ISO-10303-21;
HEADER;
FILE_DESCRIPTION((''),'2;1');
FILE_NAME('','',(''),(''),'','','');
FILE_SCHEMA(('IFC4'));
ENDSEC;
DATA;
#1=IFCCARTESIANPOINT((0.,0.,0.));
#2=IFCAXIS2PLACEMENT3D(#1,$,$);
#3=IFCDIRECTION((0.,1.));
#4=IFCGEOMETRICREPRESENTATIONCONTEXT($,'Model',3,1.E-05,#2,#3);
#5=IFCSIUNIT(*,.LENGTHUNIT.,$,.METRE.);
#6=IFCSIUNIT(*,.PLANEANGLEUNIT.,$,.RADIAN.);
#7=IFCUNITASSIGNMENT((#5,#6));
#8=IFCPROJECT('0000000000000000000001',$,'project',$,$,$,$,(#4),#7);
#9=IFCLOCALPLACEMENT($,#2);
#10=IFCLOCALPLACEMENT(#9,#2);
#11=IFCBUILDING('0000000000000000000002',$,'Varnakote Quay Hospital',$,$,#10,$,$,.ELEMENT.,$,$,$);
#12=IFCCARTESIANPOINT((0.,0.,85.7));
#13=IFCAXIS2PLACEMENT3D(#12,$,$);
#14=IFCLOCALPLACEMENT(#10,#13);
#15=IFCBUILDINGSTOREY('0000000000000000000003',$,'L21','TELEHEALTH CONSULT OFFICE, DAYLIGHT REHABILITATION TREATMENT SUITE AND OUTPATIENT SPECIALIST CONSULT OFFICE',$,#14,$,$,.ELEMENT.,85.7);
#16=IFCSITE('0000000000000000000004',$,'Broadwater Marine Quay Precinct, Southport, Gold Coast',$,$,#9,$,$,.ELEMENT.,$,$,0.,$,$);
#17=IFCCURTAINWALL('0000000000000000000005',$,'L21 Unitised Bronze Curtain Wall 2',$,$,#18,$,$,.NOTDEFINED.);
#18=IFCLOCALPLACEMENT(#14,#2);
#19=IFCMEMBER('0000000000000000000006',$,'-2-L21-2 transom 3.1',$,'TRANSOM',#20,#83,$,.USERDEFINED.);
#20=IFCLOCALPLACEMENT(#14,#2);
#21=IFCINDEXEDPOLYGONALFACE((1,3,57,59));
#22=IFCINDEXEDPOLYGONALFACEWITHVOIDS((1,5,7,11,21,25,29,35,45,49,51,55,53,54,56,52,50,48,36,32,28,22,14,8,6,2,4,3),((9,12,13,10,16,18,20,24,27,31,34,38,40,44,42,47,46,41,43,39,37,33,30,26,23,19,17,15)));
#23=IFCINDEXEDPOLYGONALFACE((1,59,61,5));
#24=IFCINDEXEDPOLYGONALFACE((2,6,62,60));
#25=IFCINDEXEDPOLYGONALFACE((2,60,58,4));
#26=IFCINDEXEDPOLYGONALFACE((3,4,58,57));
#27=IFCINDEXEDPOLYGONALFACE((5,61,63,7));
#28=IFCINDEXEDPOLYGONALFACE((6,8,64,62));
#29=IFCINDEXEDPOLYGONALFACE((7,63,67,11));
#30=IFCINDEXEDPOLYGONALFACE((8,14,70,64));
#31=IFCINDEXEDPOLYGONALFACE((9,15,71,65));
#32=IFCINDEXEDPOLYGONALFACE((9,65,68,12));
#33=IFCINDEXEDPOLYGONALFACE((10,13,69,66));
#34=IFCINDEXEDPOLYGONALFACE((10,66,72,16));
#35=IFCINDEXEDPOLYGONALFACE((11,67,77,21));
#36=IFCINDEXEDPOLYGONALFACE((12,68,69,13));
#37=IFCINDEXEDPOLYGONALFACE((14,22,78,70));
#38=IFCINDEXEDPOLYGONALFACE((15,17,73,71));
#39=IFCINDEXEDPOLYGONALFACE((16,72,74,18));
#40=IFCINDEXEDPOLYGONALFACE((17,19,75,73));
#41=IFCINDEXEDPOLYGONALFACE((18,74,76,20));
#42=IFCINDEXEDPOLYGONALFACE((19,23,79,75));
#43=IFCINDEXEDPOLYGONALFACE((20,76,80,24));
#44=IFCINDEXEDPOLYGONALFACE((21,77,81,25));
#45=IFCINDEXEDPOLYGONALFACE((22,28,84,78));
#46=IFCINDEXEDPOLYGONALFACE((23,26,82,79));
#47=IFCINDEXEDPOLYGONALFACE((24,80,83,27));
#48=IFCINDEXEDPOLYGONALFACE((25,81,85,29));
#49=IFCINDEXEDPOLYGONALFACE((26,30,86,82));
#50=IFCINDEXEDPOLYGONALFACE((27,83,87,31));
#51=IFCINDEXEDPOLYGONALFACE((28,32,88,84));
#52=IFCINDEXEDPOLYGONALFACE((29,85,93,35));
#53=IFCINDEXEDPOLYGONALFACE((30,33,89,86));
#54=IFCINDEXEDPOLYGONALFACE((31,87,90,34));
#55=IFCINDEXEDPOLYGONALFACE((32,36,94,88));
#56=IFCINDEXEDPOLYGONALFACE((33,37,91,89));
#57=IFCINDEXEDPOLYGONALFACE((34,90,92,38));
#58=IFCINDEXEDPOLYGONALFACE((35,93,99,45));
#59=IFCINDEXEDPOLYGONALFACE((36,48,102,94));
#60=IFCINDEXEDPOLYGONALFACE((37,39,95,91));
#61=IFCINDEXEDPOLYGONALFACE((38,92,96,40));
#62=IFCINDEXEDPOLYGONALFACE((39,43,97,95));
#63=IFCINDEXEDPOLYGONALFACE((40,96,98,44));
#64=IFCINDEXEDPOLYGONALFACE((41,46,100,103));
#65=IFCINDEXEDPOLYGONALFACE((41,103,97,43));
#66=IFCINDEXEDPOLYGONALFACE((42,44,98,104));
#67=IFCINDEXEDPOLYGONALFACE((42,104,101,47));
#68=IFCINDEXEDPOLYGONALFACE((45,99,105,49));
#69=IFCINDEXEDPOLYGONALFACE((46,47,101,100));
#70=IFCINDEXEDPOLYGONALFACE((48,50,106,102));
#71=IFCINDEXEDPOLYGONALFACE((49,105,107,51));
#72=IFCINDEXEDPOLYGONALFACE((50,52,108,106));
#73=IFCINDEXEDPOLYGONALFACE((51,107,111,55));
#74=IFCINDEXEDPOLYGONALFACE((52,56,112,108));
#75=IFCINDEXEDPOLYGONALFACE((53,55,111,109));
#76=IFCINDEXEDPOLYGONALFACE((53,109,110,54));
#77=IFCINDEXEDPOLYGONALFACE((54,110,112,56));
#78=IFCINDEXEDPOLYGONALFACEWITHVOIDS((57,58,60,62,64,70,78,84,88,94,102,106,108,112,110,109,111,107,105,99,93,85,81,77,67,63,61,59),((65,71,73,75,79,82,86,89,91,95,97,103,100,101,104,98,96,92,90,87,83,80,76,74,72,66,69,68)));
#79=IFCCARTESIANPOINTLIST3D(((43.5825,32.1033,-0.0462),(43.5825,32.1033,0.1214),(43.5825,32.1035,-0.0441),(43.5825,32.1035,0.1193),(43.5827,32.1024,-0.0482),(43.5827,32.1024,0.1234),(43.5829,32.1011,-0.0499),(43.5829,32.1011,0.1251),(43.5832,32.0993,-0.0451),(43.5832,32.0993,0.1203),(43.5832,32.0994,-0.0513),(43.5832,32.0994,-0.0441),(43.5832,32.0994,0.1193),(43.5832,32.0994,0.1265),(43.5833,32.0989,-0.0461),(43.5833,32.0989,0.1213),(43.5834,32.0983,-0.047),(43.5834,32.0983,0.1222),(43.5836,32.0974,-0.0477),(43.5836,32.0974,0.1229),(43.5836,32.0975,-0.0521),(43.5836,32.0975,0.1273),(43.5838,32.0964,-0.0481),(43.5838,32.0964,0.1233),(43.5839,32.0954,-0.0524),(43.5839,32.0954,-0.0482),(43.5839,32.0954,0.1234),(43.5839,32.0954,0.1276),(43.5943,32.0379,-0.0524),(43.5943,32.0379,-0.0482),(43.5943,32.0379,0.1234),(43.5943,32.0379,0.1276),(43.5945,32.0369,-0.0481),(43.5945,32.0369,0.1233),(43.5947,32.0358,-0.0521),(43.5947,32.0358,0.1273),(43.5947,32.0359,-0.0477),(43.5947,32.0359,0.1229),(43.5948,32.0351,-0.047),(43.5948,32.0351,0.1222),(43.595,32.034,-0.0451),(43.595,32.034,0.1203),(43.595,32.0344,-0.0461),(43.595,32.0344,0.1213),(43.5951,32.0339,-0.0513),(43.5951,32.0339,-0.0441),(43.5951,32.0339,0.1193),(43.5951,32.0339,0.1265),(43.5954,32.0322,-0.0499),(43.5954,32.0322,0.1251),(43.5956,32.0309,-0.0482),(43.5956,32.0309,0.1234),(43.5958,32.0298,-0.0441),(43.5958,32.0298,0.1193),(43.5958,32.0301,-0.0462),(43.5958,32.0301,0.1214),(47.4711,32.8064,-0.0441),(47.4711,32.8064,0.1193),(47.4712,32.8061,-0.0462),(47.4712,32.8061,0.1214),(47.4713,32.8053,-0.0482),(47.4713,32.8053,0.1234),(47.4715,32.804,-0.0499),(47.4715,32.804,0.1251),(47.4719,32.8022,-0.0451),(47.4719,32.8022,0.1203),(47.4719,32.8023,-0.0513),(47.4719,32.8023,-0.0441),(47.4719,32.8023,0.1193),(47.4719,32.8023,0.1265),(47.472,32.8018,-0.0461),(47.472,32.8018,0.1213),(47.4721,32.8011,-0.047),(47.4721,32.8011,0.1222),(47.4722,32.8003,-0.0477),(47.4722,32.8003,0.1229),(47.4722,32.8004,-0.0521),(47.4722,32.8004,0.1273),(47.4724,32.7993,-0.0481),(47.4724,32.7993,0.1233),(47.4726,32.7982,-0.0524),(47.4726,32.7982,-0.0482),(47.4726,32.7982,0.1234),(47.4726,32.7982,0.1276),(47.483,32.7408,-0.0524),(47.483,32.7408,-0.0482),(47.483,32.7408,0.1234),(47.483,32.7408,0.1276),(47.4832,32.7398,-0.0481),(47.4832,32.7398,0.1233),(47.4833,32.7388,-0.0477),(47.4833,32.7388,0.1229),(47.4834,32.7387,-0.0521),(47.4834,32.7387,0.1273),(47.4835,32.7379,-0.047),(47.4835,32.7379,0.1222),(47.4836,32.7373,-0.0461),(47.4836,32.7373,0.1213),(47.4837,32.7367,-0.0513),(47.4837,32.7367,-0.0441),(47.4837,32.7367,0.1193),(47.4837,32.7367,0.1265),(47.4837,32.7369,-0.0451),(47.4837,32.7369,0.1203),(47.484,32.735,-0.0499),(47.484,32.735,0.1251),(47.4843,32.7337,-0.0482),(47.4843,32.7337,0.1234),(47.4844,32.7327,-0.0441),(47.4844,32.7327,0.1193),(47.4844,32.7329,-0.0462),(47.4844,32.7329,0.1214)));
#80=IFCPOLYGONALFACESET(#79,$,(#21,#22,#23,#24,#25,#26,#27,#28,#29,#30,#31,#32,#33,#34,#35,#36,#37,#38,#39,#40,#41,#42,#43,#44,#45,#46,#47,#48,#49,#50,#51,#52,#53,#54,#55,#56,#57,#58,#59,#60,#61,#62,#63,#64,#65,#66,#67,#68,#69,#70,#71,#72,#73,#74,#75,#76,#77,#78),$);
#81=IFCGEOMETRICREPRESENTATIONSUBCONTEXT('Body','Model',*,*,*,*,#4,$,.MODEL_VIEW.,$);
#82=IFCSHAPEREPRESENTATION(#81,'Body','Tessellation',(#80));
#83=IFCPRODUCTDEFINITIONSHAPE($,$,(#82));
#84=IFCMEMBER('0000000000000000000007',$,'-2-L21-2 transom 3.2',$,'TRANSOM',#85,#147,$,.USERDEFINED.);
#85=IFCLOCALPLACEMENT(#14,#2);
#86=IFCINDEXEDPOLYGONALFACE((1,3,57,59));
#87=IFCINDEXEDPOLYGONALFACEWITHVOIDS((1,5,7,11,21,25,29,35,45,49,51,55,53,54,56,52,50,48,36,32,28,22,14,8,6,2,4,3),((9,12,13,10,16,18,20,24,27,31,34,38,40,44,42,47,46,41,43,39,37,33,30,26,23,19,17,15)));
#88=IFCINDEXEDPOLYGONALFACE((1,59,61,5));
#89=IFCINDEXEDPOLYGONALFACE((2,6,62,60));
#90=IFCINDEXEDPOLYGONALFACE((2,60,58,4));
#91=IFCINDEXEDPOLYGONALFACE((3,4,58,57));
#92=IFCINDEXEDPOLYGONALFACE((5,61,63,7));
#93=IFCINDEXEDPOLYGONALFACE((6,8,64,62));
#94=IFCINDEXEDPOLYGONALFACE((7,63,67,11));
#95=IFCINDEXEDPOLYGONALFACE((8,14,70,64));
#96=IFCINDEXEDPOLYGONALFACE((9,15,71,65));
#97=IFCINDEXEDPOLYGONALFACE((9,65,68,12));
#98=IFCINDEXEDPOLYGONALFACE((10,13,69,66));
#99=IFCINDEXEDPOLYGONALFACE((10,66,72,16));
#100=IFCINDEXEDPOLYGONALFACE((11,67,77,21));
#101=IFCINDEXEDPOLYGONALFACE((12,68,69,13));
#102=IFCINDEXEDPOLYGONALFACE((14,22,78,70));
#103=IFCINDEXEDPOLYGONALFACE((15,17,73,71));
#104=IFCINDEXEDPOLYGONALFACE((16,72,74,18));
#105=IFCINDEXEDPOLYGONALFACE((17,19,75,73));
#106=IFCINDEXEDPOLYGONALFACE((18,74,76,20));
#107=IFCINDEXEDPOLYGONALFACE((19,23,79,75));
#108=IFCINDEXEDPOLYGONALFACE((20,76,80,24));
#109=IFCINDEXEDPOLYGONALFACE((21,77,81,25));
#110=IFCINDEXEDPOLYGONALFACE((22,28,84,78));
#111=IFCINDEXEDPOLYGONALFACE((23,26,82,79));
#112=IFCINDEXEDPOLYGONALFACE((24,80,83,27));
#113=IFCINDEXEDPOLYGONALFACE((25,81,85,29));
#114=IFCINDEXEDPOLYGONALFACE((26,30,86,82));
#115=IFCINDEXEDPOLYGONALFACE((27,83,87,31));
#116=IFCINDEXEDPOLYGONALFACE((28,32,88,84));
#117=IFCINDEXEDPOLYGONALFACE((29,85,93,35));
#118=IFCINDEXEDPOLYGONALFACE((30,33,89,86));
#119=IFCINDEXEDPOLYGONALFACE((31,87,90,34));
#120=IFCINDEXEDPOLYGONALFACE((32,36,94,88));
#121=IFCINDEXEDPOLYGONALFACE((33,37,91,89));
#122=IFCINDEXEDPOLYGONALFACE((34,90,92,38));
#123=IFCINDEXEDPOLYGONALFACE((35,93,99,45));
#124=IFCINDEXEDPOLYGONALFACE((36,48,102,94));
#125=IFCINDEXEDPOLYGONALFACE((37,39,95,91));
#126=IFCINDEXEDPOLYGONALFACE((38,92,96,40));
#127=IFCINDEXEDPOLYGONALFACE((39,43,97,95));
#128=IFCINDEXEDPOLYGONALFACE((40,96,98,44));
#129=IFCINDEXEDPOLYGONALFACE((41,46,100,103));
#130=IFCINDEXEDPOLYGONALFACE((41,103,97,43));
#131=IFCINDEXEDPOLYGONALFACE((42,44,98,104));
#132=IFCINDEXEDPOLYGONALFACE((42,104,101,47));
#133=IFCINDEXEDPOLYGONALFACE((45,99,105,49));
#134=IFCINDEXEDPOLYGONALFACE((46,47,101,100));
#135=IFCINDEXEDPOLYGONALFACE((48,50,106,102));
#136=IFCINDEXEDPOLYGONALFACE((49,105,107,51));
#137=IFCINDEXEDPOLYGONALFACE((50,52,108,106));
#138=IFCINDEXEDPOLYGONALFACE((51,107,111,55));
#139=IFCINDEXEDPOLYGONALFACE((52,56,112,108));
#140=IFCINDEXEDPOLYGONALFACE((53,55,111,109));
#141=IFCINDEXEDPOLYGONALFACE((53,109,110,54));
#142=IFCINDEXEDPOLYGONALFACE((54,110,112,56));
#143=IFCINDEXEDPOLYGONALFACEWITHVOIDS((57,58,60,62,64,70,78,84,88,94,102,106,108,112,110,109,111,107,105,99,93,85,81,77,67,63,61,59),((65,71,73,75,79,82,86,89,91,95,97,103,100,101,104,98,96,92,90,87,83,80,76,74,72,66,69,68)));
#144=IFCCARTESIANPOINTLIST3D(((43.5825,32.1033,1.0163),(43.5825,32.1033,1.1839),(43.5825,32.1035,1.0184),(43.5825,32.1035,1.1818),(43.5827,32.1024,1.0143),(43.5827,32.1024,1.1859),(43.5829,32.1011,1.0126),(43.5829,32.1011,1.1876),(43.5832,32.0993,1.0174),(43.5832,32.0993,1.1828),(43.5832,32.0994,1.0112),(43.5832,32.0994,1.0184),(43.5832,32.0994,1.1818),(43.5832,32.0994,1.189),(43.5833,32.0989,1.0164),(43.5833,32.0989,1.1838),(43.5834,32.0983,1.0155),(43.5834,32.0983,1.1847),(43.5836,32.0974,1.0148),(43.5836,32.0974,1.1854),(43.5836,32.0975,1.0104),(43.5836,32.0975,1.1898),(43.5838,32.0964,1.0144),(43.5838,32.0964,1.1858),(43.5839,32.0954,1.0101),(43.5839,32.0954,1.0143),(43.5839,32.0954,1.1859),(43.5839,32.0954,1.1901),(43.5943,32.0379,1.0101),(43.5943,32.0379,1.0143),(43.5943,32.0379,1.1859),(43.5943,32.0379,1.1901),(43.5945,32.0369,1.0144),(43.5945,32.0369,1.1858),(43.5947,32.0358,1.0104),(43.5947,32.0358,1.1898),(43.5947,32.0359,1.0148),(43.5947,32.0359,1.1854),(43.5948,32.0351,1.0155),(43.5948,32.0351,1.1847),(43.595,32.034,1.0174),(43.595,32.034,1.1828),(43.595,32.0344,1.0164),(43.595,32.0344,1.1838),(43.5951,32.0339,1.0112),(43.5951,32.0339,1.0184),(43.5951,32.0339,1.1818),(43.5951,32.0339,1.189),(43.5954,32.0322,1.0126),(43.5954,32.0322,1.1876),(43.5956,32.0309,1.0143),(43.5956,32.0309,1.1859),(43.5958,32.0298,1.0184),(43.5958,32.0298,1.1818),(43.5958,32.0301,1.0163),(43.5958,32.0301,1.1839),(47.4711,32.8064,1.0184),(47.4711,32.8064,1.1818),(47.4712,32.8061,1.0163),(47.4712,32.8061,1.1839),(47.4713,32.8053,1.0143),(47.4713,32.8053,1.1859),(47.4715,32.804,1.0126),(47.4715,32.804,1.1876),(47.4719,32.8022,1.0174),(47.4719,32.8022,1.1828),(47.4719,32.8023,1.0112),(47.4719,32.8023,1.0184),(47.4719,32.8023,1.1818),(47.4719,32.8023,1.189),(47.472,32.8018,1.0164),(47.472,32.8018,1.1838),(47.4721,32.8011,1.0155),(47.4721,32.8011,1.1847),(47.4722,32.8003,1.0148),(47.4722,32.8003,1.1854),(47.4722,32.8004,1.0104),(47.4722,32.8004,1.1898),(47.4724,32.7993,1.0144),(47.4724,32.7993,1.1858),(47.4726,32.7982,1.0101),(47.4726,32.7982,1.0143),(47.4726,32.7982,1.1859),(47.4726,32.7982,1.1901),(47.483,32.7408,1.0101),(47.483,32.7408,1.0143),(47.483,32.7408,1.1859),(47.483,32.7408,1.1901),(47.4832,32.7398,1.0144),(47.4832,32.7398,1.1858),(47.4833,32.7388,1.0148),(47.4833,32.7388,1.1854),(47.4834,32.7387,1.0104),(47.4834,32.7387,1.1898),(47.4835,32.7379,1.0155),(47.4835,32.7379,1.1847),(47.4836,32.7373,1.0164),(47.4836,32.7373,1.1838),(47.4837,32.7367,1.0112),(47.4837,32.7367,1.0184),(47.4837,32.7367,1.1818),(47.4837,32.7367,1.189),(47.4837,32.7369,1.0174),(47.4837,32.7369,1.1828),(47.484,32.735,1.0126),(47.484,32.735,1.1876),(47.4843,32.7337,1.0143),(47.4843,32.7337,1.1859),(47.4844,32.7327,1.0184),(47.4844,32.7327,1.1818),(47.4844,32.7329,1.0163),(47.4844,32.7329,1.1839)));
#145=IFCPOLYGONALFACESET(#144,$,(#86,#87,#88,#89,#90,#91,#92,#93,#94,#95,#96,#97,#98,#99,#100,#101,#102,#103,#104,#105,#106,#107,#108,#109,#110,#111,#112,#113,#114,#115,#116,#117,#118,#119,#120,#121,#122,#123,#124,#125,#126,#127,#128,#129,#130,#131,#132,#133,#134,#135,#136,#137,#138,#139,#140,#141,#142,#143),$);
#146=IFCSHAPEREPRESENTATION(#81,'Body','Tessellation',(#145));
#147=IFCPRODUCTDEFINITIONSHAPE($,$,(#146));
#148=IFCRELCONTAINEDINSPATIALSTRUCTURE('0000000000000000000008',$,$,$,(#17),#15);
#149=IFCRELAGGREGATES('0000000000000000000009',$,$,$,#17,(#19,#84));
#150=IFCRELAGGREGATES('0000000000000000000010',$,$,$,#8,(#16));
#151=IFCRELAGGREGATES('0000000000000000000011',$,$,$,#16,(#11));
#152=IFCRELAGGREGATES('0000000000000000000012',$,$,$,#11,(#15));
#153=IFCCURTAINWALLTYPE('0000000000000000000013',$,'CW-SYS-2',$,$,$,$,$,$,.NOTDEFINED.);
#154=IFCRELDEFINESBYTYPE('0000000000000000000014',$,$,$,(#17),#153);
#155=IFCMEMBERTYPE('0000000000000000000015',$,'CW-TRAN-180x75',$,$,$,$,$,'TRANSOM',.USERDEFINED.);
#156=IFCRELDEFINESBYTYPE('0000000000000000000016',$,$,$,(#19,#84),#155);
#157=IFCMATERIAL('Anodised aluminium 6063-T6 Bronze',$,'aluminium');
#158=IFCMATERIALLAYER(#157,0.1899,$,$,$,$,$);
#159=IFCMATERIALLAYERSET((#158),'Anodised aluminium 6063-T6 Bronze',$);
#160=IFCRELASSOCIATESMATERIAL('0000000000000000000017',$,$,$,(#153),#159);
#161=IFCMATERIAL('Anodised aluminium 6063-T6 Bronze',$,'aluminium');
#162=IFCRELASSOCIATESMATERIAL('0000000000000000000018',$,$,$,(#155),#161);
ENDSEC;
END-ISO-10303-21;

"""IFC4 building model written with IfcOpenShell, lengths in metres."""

from ifc_helpers import new_model, si_unit, direction, frame, origin, origin_2d, place, context, subcontext, project, spatial, hollow_rectangle, extrude, material, layer, layer_set, material_profile, profile_set, type_object, element, aggregate, save


model = new_model("IFC4")

# Units and contexts
model_context = context("Model", 3, precision=1e-05, world=origin(), true_north=direction((0.0, 1.0)))
body_context = subcontext(model_context, "Body", "Model", "MODEL_VIEW")
ifc_project = project(units=[si_unit("LENGTHUNIT", "METRE"), si_unit("PLANEANGLEUNIT", "RADIAN")], contexts=[model_context])

# Site, building, storey
site_placement = place(None, origin())
site = spatial("IfcSite", under=ifc_project, at=site_placement, Name="Broadwater Marine Quay Precinct, Southport, Gold Coast", CompositionType="ELEMENT", RefElevation=0.0)
building_placement = place(site_placement, origin())
building = spatial("IfcBuilding", under=site, at=building_placement, Name="Varnakote Quay Hospital", CompositionType="ELEMENT")
storey_placement = place(building_placement, frame((0.0, 0.0, 85.7)))
storey = spatial("IfcBuildingStorey", under=building, at=storey_placement, Name="L21", Description="TELEHEALTH CONSULT OFFICE, DAYLIGHT REHABILITATION TREATMENT SUITE AND OUTPATIENT SPECIALIST CONSULT OFFICE", CompositionType="ELEMENT", Elevation=85.7)

# Curtain wall, members
ifc_material_1 = material(Name="Anodised aluminium 6063-T6 Bronze", Category="aluminium")
ifc_layer_1 = layer(ifc_material_1, 0.1899)
ifc_layer_set_1 = layer_set([ifc_layer_1], Name="Anodised aluminium 6063-T6 Bronze")
curtain_wall_type = type_object("IfcCurtainWallType", Name="CW-SYS-2", PredefinedType="NOTDEFINED", material=ifc_layer_set_1)
curtain_wall_placement = place(storey_placement, origin())
curtain_wall = element("IfcCurtainWall", 1, at=curtain_wall_placement, inside=storey, type_object=curtain_wall_type, Name="L21 Unitised Bronze Curtain Wall 2", PredefinedType="NOTDEFINED")
ifc_material_2 = material(Name="Anodised aluminium 6063-T6 Bronze", Category="aluminium")
ifc_material_profile_1 = material_profile(ifc_material_2, hollow_rectangle(XDim=0.075, YDim=0.1799, WallThickness=0.0042, InnerFilletRadius=0.0042, OuterFilletRadius=0.0083, at=origin_2d()), Name="CW-TRAN-180x75")
ifc_profile_set_1 = profile_set([ifc_material_profile_1], Name="Anodised aluminium 6063-T6 Bronze")
member_type_1 = type_object("IfcMemberType", Name="CW-TRAN-180x75", ElementType="TRANSOM", PredefinedType="USERDEFINED", material=ifc_profile_set_1)
member_1_placement = place(storey_placement, frame((47.4778, 32.7695, 0.0376), z_axis=(-0.984054, -0.177869, 0.0), x_axis=(0.177869, -0.984054, 0.0)))
member_1 = element("IfcMember", 2, at=member_1_placement, type_object=member_type_1, Name="-2-L21-2 transom 3.1", ObjectType="TRANSOM", PredefinedType="USERDEFINED", context=body_context, shape_type="SweptSolid", body=[
    extrude(hollow_rectangle(XDim=0.075, YDim=0.1799, WallThickness=0.0042, InnerFilletRadius=0.0042, OuterFilletRadius=0.0083, at=origin_2d()), origin(), (0.0, 0.0, 1.0), 3.9517),
])
member_2_placement = place(storey_placement, frame((47.4778, 32.7695, 1.1001), z_axis=(-0.984054, -0.177869, 0.0), x_axis=(0.177869, -0.984054, 0.0)))
member_2 = element("IfcMember", 3, at=member_2_placement, type_object=member_type_1, Name="-2-L21-2 transom 3.2", ObjectType="TRANSOM", PredefinedType="USERDEFINED", context=body_context, shape_type="SweptSolid", body=[
    extrude(hollow_rectangle(XDim=0.075, YDim=0.1799, WallThickness=0.0042, InnerFilletRadius=0.0042, OuterFilletRadius=0.0083, at=origin_2d()), origin(), (0.0, 0.0, 1.0), 3.9517),
])
aggregate(curtain_wall, [member_1, member_2])

save(model, "model.ifc")
